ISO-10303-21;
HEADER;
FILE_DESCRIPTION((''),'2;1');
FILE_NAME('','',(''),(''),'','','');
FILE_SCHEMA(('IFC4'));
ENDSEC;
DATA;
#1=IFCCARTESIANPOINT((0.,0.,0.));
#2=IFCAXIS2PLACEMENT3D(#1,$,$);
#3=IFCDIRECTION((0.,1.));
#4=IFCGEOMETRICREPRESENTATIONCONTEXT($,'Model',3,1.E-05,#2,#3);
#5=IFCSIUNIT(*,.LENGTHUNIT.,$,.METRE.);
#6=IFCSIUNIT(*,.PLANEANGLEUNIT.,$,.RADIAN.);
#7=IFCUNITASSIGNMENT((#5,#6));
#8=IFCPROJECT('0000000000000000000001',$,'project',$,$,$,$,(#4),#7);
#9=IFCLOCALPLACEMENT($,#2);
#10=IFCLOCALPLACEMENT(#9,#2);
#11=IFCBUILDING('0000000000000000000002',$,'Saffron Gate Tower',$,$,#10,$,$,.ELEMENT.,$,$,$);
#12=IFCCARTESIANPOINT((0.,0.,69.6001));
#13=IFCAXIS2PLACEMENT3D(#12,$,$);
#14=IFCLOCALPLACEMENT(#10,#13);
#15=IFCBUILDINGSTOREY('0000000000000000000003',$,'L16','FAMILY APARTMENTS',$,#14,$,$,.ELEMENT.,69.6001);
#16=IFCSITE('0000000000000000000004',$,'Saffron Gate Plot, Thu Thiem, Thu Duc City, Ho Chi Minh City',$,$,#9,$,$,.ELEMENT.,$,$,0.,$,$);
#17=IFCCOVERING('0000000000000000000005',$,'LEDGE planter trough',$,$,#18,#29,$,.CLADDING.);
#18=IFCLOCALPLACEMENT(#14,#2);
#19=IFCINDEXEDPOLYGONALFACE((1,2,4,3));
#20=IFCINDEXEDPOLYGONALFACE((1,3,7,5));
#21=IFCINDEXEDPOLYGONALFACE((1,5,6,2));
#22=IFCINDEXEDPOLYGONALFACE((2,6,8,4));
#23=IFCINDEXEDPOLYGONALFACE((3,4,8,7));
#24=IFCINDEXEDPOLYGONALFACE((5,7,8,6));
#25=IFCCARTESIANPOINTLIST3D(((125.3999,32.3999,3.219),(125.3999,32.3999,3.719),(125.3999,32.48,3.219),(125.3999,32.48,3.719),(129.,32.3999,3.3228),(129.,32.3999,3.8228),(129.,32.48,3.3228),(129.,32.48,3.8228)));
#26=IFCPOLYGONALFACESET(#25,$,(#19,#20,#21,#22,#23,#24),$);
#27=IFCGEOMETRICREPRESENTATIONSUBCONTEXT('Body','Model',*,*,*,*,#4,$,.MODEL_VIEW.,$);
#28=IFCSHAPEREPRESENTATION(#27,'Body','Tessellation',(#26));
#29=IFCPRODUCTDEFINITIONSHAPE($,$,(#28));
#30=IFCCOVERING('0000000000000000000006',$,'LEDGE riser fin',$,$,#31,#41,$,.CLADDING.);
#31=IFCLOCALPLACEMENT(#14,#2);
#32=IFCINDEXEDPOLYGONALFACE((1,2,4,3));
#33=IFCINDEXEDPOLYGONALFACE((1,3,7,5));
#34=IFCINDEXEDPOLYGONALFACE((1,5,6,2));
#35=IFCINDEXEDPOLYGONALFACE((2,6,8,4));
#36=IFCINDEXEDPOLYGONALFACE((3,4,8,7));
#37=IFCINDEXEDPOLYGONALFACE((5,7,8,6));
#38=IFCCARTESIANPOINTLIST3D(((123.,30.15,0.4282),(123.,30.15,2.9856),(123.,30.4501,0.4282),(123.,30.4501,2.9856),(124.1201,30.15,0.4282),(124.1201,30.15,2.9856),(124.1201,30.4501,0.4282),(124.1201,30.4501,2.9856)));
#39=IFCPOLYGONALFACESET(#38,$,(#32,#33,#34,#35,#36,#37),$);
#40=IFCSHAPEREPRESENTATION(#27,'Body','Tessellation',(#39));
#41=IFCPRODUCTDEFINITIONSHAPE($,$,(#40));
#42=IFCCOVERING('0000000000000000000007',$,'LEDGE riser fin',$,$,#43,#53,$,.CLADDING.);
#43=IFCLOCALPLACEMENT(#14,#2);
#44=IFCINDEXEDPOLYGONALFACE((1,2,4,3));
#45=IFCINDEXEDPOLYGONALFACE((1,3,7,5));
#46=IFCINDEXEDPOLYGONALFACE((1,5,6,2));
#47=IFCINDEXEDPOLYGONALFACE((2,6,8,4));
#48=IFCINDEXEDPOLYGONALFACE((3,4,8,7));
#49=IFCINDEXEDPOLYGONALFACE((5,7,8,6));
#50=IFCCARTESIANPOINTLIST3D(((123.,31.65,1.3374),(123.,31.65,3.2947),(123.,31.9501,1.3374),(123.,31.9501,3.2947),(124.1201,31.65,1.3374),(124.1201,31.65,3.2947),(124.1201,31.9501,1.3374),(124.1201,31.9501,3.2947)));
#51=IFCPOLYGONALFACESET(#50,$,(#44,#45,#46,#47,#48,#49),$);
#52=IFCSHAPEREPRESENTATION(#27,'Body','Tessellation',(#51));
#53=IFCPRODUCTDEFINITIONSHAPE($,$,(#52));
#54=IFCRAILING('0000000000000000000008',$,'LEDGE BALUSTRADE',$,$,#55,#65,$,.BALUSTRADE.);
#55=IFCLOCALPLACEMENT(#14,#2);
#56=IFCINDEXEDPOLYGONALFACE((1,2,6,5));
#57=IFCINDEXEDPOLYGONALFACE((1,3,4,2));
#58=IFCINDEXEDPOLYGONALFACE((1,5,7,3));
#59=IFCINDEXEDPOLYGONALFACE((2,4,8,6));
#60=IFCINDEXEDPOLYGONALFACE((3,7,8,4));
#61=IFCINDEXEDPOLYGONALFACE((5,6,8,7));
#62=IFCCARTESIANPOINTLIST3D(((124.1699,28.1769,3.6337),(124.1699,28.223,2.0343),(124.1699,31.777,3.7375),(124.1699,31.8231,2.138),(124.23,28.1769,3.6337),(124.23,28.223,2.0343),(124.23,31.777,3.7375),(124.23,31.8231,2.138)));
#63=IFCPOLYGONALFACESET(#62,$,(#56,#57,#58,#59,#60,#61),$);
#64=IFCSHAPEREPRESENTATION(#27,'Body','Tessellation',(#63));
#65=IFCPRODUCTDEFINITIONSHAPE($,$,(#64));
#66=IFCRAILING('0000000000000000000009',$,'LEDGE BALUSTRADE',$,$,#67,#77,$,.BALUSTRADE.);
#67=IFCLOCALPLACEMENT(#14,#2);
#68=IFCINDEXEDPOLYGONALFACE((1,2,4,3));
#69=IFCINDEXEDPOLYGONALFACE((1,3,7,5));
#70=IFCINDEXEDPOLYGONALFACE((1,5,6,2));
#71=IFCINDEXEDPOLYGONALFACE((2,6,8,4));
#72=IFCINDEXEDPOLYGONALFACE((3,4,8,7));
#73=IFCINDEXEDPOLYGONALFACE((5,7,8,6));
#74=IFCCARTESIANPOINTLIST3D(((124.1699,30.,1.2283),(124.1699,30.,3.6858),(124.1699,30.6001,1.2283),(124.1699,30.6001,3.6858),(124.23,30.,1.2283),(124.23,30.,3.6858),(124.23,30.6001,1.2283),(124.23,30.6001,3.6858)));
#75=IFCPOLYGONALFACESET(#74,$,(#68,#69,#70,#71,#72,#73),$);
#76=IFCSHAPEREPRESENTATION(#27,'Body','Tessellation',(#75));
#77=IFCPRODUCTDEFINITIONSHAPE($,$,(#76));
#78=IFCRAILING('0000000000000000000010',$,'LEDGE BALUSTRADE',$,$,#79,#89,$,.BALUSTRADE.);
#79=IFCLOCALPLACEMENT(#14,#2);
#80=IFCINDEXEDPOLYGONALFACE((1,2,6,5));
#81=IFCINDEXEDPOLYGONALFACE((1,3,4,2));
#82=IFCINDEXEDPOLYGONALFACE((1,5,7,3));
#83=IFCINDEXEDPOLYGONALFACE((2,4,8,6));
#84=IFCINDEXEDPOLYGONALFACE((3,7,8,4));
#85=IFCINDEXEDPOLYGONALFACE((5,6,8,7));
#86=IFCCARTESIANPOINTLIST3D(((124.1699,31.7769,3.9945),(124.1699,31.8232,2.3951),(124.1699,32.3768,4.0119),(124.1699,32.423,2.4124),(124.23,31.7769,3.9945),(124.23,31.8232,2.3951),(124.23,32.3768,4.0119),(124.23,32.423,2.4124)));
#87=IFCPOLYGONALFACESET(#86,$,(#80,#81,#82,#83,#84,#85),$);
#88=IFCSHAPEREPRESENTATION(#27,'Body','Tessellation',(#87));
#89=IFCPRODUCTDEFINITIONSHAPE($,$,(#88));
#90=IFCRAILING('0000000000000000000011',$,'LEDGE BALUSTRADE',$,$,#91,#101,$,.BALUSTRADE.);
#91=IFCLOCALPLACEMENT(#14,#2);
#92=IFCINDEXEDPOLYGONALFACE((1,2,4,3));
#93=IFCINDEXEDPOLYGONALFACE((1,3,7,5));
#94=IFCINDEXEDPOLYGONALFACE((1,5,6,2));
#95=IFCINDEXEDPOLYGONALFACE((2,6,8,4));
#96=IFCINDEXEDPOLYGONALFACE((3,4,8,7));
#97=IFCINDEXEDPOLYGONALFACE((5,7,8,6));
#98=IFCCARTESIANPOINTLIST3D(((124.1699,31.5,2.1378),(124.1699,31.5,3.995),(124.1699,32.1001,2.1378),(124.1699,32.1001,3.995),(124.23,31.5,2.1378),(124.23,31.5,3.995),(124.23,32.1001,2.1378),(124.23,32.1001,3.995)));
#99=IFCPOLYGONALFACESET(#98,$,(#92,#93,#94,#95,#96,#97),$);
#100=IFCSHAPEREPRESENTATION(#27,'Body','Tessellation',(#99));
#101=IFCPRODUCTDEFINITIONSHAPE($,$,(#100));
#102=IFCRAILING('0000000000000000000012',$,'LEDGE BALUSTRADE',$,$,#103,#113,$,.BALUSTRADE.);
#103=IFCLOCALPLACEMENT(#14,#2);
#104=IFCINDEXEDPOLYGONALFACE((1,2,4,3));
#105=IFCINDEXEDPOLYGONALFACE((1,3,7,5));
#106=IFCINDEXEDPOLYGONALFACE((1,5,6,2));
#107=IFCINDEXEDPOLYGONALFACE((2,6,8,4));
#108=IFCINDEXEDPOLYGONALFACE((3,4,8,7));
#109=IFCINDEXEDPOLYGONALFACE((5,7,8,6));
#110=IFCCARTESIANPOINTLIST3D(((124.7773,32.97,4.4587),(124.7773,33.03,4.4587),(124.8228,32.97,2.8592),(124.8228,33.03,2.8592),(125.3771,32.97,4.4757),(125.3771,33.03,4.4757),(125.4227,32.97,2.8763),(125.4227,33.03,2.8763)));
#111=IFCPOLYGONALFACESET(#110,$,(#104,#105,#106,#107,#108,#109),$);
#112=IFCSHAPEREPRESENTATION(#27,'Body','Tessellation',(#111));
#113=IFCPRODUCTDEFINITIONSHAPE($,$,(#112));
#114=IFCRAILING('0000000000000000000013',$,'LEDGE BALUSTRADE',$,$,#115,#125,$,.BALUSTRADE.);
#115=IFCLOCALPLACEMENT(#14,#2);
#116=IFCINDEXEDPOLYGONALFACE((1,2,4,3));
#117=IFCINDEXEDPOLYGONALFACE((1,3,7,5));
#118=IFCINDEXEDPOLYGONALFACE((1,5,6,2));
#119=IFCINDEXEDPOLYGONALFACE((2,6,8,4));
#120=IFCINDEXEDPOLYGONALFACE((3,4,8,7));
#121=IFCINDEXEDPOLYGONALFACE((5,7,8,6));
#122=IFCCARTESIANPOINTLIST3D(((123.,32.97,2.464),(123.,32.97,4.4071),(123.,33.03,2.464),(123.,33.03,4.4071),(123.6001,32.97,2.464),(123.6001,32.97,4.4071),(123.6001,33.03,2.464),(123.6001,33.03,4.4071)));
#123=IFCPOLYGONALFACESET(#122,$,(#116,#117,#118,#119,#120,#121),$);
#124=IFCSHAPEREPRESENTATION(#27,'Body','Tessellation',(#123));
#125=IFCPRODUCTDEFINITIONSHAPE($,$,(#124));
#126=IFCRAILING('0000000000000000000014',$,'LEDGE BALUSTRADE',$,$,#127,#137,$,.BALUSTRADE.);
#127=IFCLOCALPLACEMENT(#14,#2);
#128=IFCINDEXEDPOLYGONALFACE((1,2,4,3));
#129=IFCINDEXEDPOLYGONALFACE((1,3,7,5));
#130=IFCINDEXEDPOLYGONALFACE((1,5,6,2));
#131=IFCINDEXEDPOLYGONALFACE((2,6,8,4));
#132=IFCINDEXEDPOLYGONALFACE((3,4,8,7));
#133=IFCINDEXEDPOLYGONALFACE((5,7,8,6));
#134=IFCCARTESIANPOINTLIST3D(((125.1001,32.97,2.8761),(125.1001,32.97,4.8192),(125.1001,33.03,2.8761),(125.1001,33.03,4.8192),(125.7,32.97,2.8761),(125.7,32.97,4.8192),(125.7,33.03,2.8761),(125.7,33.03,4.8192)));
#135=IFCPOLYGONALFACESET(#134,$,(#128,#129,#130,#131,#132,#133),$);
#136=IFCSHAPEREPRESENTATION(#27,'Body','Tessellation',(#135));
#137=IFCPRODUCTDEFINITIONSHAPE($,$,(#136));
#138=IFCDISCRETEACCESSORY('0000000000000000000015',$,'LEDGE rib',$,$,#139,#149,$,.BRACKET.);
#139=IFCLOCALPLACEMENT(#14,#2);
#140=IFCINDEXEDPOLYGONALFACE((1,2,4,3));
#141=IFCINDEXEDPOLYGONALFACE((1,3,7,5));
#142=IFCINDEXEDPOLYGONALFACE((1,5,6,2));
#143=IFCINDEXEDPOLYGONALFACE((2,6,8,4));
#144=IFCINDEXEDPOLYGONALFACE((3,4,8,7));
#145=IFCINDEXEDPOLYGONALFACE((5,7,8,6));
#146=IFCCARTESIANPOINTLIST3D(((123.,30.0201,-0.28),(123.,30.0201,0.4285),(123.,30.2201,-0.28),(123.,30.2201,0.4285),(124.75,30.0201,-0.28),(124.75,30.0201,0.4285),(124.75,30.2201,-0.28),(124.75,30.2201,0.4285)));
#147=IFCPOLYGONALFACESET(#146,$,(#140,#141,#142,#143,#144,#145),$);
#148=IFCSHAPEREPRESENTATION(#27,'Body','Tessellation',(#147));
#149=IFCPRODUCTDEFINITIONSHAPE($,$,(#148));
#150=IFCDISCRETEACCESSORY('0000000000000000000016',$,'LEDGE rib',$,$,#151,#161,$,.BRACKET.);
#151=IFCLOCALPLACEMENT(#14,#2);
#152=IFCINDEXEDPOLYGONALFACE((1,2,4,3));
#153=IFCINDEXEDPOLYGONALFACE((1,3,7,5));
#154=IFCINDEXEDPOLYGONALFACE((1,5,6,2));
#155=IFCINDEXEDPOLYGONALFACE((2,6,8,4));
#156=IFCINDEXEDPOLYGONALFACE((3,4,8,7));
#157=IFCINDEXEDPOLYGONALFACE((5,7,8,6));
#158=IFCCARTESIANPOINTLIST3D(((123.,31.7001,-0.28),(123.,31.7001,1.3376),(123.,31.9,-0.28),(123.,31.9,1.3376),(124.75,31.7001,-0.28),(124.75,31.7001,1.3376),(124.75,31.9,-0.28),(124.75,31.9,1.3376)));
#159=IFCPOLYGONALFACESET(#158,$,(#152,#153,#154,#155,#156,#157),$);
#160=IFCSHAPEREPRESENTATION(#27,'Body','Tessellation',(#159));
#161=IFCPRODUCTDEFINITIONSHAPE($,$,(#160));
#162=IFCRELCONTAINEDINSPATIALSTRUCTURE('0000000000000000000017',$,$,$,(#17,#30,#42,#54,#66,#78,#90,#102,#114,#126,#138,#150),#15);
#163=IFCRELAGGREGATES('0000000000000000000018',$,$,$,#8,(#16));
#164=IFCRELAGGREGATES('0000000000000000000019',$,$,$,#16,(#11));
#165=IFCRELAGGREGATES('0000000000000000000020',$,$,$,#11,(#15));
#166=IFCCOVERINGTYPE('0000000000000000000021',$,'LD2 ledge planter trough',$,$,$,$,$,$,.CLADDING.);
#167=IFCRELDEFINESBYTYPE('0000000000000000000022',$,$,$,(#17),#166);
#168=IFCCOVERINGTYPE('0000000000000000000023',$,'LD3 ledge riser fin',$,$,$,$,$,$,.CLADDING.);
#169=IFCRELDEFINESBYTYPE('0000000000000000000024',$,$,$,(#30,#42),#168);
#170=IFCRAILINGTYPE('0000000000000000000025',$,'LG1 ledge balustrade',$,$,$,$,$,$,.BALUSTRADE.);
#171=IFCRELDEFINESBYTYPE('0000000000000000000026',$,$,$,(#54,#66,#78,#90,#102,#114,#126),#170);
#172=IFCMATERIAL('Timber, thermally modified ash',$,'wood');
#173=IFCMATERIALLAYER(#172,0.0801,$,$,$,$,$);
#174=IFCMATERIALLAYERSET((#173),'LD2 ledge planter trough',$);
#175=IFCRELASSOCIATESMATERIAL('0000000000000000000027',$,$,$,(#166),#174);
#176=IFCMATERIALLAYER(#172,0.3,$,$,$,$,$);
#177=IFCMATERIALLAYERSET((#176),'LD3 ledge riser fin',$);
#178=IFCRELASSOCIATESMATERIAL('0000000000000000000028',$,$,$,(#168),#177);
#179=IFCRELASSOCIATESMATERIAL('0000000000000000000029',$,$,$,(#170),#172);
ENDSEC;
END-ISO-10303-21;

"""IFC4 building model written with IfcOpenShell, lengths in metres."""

from ifc_helpers import new_model, si_unit, direction, frame, origin, origin_2d, place, context, subcontext, project, spatial, polyline, rectangle, outline, extrude, material, layer, layer_set, type_object, element, save


model = new_model("IFC4")

# Units and contexts
model_context = context("Model", 3, precision=1e-05, world=origin(), true_north=direction((0.0, 1.0)))
body_context = subcontext(model_context, "Body", "Model", "MODEL_VIEW")
ifc_project = project(units=[si_unit("LENGTHUNIT", "METRE"), si_unit("PLANEANGLEUNIT", "RADIAN")], contexts=[model_context])

# Site, building, storey
site_placement = place(None, origin())
site = spatial("IfcSite", under=ifc_project, at=site_placement, Name="Saffron Gate Plot, Thu Thiem, Thu Duc City, Ho Chi Minh City", CompositionType="ELEMENT", RefElevation=0.0)
building_placement = place(site_placement, origin())
building = spatial("IfcBuilding", under=site, at=building_placement, Name="Saffron Gate Tower", CompositionType="ELEMENT")
storey_placement = place(building_placement, frame((0.0, 0.0, 69.6001)))
storey = spatial("IfcBuildingStorey", under=building, at=storey_placement, Name="L16", Description="FAMILY APARTMENTS", CompositionType="ELEMENT", Elevation=69.6001)

# Coverings
ifc_material_1 = material(Name="Timber, thermally modified ash", Category="wood")
ifc_layer_1 = layer(ifc_material_1, 0.0801)
ifc_layer_set_1 = layer_set([ifc_layer_1], Name="LD2 ledge planter trough")
covering_type_1 = type_object("IfcCoveringType", Name="LD2 ledge planter trough", PredefinedType="CLADDING", material=ifc_layer_set_1)
covering_1_placement = place(storey_placement, frame((125.3999, 32.3999, 3.219), z_axis=(0.0, -1.0, 0.0), x_axis=(0.999585, 0.0, 0.028809)))
element("IfcCovering", 1, at=covering_1_placement, inside=storey, type_object=covering_type_1, Name="LEDGE planter trough", PredefinedType="CLADDING", context=body_context, shape_type="SweptSolid", body=[
    extrude(outline(polyline([(0.0, 0.0), (3.6016, 0.0), (3.616, 0.4998), (0.0144, 0.4998), (0.0, 0.0)])), origin(), (0.0, 0.0, -1.0), 0.0801),
])
ifc_layer_2 = layer(ifc_material_1, 0.3)
ifc_layer_set_2 = layer_set([ifc_layer_2], Name="LD3 ledge riser fin")
covering_type_2 = type_object("IfcCoveringType", Name="LD3 ledge riser fin", PredefinedType="CLADDING", material=ifc_layer_set_2)
covering_2_placement = place(storey_placement, frame((123.5601, 30.3, 0.4282), z_axis=(0.0, 0.0, 1.0), x_axis=(0.0, 1.0, 0.0)))
element("IfcCovering", 2, at=covering_2_placement, inside=storey, type_object=covering_type_2, Name="LEDGE riser fin", PredefinedType="CLADDING", context=body_context, shape_type="SweptSolid", body=[
    extrude(rectangle(XDim=0.3, YDim=1.1201, at=origin_2d()), origin(), (0.0, 0.0, 1.0), 2.5574),
])
covering_3_placement = place(storey_placement, frame((123.5601, 31.8, 1.3374), z_axis=(0.0, 0.0, 1.0), x_axis=(0.0, 1.0, 0.0)))
element("IfcCovering", 3, at=covering_3_placement, inside=storey, type_object=covering_type_2, Name="LEDGE riser fin", PredefinedType="CLADDING", context=body_context, shape_type="SweptSolid", body=[
    extrude(rectangle(XDim=0.3, YDim=1.1201, at=origin_2d()), origin(), (0.0, 0.0, 1.0), 1.9573),
])

# Railings
railing_type = type_object("IfcRailingType", Name="LG1 ledge balustrade", PredefinedType="BALUSTRADE", material=ifc_material_1)
railing_1_placement = place(storey_placement, frame((124.2, 28.2, 2.0339)))
element("IfcRailing", 4, at=railing_1_placement, inside=storey, type_object=railing_type, Name="LEDGE BALUSTRADE", PredefinedType="BALUSTRADE", context=body_context, shape_type="SweptSolid", body=[
    extrude(rectangle(XDim=0.0601, YDim=1.6001, at=origin_2d()), frame((0.0, 0.0, 0.8), z_axis=(0.0, 0.999585, 0.028809), x_axis=(-1.0, 0.0, 0.0)), (0.0, 0.0, 1.0), 3.6016),
])
railing_2_placement = place(storey_placement, frame((124.2, 30.0, 1.2283)))
element("IfcRailing", 5, at=railing_2_placement, inside=storey, type_object=railing_type, Name="LEDGE BALUSTRADE", PredefinedType="BALUSTRADE", context=body_context, shape_type="SweptSolid", body=[
    extrude(rectangle(XDim=0.0601, YDim=2.4575, at=origin_2d()), frame((0.0, 0.0, 1.2288), z_axis=(0.0, 1.0, 0.0), x_axis=(-1.0, 0.0, 0.0)), (0.0, 0.0, 1.0), 0.6001),
])
railing_3_placement = place(storey_placement, frame((124.2, 31.8, 2.3948)))
element("IfcRailing", 6, at=railing_3_placement, inside=storey, type_object=railing_type, Name="LEDGE BALUSTRADE", PredefinedType="BALUSTRADE", context=body_context, shape_type="SweptSolid", body=[
    extrude(rectangle(XDim=0.0601, YDim=1.6001, at=origin_2d()), frame((0.0, 0.0, 0.8), z_axis=(0.0, 0.999583, 0.028885), x_axis=(-1.0, 0.0, 0.0)), (0.0, 0.0, 1.0), 0.6001),
])
railing_4_placement = place(storey_placement, frame((124.2, 31.5, 2.1377)))
element("IfcRailing", 7, at=railing_4_placement, inside=storey, type_object=railing_type, Name="LEDGE BALUSTRADE", PredefinedType="BALUSTRADE", context=body_context, shape_type="SweptSolid", body=[
    extrude(rectangle(XDim=0.0601, YDim=1.8572, at=origin_2d()), frame((0.0, 0.0, 0.9287), z_axis=(0.0, 1.0, 0.0), x_axis=(-1.0, 0.0, 0.0)), (0.0, 0.0, 1.0), 0.6001),
])
railing_5_placement = place(storey_placement, frame((124.8, 33.0, 2.8589)))
element("IfcRailing", 8, at=railing_5_placement, inside=storey, type_object=railing_type, Name="LEDGE BALUSTRADE", PredefinedType="BALUSTRADE", context=body_context, shape_type="SweptSolid", body=[
    extrude(rectangle(XDim=0.0601, YDim=1.6001, at=origin_2d()), frame((0.0, 0.0, 0.8), z_axis=(0.999594, 0.0, 0.028478), x_axis=(0.0, 1.0, 0.0)), (0.0, 0.0, 1.0), 0.6001),
])
railing_6_placement = place(storey_placement, frame((123.0, 33.0, 2.4639)))
element("IfcRailing", 9, at=railing_6_placement, inside=storey, type_object=railing_type, Name="LEDGE BALUSTRADE", PredefinedType="BALUSTRADE", context=body_context, shape_type="SweptSolid", body=[
    extrude(rectangle(XDim=0.0601, YDim=1.9431, at=origin_2d()), frame((0.0, 0.0, 0.9717), z_axis=(1.0, 0.0, 0.0), x_axis=(0.0, 1.0, 0.0)), (0.0, 0.0, 1.0), 0.6001),
])
railing_7_placement = place(storey_placement, frame((125.1001, 33.0, 2.876)))
element("IfcRailing", 10, at=railing_7_placement, inside=storey, type_object=railing_type, Name="LEDGE BALUSTRADE", PredefinedType="BALUSTRADE", context=body_context, shape_type="SweptSolid", body=[
    extrude(rectangle(XDim=0.0601, YDim=1.9431, at=origin_2d()), frame((0.0, 0.0, 0.9717), z_axis=(1.0, 0.0, 0.0), x_axis=(0.0, 1.0, 0.0)), (0.0, 0.0, 1.0), 0.5999),
])

# Discrete accessories
discrete_accessory_1_placement = place(storey_placement, frame((123.875, 30.1201, -0.28), z_axis=(0.0, 0.0, 1.0), x_axis=(0.0, 1.0, 0.0)))
element("IfcDiscreteAccessory", 11, at=discrete_accessory_1_placement, inside=storey, Name="LEDGE rib", PredefinedType="BRACKET", context=body_context, shape_type="SweptSolid", body=[
    extrude(rectangle(XDim=0.2, YDim=1.75, at=origin_2d()), origin(), (0.0, 0.0, 1.0), 0.7085),
])
discrete_accessory_2_placement = place(storey_placement, frame((123.875, 31.8, -0.28), z_axis=(0.0, 0.0, 1.0), x_axis=(0.0, 1.0, 0.0)))
element("IfcDiscreteAccessory", 12, at=discrete_accessory_2_placement, inside=storey, Name="LEDGE rib", PredefinedType="BRACKET", context=body_context, shape_type="SweptSolid", body=[
    extrude(rectangle(XDim=0.2, YDim=1.75, at=origin_2d()), origin(), (0.0, 0.0, 1.0), 1.6177),
])

save(model, "model.ifc")
